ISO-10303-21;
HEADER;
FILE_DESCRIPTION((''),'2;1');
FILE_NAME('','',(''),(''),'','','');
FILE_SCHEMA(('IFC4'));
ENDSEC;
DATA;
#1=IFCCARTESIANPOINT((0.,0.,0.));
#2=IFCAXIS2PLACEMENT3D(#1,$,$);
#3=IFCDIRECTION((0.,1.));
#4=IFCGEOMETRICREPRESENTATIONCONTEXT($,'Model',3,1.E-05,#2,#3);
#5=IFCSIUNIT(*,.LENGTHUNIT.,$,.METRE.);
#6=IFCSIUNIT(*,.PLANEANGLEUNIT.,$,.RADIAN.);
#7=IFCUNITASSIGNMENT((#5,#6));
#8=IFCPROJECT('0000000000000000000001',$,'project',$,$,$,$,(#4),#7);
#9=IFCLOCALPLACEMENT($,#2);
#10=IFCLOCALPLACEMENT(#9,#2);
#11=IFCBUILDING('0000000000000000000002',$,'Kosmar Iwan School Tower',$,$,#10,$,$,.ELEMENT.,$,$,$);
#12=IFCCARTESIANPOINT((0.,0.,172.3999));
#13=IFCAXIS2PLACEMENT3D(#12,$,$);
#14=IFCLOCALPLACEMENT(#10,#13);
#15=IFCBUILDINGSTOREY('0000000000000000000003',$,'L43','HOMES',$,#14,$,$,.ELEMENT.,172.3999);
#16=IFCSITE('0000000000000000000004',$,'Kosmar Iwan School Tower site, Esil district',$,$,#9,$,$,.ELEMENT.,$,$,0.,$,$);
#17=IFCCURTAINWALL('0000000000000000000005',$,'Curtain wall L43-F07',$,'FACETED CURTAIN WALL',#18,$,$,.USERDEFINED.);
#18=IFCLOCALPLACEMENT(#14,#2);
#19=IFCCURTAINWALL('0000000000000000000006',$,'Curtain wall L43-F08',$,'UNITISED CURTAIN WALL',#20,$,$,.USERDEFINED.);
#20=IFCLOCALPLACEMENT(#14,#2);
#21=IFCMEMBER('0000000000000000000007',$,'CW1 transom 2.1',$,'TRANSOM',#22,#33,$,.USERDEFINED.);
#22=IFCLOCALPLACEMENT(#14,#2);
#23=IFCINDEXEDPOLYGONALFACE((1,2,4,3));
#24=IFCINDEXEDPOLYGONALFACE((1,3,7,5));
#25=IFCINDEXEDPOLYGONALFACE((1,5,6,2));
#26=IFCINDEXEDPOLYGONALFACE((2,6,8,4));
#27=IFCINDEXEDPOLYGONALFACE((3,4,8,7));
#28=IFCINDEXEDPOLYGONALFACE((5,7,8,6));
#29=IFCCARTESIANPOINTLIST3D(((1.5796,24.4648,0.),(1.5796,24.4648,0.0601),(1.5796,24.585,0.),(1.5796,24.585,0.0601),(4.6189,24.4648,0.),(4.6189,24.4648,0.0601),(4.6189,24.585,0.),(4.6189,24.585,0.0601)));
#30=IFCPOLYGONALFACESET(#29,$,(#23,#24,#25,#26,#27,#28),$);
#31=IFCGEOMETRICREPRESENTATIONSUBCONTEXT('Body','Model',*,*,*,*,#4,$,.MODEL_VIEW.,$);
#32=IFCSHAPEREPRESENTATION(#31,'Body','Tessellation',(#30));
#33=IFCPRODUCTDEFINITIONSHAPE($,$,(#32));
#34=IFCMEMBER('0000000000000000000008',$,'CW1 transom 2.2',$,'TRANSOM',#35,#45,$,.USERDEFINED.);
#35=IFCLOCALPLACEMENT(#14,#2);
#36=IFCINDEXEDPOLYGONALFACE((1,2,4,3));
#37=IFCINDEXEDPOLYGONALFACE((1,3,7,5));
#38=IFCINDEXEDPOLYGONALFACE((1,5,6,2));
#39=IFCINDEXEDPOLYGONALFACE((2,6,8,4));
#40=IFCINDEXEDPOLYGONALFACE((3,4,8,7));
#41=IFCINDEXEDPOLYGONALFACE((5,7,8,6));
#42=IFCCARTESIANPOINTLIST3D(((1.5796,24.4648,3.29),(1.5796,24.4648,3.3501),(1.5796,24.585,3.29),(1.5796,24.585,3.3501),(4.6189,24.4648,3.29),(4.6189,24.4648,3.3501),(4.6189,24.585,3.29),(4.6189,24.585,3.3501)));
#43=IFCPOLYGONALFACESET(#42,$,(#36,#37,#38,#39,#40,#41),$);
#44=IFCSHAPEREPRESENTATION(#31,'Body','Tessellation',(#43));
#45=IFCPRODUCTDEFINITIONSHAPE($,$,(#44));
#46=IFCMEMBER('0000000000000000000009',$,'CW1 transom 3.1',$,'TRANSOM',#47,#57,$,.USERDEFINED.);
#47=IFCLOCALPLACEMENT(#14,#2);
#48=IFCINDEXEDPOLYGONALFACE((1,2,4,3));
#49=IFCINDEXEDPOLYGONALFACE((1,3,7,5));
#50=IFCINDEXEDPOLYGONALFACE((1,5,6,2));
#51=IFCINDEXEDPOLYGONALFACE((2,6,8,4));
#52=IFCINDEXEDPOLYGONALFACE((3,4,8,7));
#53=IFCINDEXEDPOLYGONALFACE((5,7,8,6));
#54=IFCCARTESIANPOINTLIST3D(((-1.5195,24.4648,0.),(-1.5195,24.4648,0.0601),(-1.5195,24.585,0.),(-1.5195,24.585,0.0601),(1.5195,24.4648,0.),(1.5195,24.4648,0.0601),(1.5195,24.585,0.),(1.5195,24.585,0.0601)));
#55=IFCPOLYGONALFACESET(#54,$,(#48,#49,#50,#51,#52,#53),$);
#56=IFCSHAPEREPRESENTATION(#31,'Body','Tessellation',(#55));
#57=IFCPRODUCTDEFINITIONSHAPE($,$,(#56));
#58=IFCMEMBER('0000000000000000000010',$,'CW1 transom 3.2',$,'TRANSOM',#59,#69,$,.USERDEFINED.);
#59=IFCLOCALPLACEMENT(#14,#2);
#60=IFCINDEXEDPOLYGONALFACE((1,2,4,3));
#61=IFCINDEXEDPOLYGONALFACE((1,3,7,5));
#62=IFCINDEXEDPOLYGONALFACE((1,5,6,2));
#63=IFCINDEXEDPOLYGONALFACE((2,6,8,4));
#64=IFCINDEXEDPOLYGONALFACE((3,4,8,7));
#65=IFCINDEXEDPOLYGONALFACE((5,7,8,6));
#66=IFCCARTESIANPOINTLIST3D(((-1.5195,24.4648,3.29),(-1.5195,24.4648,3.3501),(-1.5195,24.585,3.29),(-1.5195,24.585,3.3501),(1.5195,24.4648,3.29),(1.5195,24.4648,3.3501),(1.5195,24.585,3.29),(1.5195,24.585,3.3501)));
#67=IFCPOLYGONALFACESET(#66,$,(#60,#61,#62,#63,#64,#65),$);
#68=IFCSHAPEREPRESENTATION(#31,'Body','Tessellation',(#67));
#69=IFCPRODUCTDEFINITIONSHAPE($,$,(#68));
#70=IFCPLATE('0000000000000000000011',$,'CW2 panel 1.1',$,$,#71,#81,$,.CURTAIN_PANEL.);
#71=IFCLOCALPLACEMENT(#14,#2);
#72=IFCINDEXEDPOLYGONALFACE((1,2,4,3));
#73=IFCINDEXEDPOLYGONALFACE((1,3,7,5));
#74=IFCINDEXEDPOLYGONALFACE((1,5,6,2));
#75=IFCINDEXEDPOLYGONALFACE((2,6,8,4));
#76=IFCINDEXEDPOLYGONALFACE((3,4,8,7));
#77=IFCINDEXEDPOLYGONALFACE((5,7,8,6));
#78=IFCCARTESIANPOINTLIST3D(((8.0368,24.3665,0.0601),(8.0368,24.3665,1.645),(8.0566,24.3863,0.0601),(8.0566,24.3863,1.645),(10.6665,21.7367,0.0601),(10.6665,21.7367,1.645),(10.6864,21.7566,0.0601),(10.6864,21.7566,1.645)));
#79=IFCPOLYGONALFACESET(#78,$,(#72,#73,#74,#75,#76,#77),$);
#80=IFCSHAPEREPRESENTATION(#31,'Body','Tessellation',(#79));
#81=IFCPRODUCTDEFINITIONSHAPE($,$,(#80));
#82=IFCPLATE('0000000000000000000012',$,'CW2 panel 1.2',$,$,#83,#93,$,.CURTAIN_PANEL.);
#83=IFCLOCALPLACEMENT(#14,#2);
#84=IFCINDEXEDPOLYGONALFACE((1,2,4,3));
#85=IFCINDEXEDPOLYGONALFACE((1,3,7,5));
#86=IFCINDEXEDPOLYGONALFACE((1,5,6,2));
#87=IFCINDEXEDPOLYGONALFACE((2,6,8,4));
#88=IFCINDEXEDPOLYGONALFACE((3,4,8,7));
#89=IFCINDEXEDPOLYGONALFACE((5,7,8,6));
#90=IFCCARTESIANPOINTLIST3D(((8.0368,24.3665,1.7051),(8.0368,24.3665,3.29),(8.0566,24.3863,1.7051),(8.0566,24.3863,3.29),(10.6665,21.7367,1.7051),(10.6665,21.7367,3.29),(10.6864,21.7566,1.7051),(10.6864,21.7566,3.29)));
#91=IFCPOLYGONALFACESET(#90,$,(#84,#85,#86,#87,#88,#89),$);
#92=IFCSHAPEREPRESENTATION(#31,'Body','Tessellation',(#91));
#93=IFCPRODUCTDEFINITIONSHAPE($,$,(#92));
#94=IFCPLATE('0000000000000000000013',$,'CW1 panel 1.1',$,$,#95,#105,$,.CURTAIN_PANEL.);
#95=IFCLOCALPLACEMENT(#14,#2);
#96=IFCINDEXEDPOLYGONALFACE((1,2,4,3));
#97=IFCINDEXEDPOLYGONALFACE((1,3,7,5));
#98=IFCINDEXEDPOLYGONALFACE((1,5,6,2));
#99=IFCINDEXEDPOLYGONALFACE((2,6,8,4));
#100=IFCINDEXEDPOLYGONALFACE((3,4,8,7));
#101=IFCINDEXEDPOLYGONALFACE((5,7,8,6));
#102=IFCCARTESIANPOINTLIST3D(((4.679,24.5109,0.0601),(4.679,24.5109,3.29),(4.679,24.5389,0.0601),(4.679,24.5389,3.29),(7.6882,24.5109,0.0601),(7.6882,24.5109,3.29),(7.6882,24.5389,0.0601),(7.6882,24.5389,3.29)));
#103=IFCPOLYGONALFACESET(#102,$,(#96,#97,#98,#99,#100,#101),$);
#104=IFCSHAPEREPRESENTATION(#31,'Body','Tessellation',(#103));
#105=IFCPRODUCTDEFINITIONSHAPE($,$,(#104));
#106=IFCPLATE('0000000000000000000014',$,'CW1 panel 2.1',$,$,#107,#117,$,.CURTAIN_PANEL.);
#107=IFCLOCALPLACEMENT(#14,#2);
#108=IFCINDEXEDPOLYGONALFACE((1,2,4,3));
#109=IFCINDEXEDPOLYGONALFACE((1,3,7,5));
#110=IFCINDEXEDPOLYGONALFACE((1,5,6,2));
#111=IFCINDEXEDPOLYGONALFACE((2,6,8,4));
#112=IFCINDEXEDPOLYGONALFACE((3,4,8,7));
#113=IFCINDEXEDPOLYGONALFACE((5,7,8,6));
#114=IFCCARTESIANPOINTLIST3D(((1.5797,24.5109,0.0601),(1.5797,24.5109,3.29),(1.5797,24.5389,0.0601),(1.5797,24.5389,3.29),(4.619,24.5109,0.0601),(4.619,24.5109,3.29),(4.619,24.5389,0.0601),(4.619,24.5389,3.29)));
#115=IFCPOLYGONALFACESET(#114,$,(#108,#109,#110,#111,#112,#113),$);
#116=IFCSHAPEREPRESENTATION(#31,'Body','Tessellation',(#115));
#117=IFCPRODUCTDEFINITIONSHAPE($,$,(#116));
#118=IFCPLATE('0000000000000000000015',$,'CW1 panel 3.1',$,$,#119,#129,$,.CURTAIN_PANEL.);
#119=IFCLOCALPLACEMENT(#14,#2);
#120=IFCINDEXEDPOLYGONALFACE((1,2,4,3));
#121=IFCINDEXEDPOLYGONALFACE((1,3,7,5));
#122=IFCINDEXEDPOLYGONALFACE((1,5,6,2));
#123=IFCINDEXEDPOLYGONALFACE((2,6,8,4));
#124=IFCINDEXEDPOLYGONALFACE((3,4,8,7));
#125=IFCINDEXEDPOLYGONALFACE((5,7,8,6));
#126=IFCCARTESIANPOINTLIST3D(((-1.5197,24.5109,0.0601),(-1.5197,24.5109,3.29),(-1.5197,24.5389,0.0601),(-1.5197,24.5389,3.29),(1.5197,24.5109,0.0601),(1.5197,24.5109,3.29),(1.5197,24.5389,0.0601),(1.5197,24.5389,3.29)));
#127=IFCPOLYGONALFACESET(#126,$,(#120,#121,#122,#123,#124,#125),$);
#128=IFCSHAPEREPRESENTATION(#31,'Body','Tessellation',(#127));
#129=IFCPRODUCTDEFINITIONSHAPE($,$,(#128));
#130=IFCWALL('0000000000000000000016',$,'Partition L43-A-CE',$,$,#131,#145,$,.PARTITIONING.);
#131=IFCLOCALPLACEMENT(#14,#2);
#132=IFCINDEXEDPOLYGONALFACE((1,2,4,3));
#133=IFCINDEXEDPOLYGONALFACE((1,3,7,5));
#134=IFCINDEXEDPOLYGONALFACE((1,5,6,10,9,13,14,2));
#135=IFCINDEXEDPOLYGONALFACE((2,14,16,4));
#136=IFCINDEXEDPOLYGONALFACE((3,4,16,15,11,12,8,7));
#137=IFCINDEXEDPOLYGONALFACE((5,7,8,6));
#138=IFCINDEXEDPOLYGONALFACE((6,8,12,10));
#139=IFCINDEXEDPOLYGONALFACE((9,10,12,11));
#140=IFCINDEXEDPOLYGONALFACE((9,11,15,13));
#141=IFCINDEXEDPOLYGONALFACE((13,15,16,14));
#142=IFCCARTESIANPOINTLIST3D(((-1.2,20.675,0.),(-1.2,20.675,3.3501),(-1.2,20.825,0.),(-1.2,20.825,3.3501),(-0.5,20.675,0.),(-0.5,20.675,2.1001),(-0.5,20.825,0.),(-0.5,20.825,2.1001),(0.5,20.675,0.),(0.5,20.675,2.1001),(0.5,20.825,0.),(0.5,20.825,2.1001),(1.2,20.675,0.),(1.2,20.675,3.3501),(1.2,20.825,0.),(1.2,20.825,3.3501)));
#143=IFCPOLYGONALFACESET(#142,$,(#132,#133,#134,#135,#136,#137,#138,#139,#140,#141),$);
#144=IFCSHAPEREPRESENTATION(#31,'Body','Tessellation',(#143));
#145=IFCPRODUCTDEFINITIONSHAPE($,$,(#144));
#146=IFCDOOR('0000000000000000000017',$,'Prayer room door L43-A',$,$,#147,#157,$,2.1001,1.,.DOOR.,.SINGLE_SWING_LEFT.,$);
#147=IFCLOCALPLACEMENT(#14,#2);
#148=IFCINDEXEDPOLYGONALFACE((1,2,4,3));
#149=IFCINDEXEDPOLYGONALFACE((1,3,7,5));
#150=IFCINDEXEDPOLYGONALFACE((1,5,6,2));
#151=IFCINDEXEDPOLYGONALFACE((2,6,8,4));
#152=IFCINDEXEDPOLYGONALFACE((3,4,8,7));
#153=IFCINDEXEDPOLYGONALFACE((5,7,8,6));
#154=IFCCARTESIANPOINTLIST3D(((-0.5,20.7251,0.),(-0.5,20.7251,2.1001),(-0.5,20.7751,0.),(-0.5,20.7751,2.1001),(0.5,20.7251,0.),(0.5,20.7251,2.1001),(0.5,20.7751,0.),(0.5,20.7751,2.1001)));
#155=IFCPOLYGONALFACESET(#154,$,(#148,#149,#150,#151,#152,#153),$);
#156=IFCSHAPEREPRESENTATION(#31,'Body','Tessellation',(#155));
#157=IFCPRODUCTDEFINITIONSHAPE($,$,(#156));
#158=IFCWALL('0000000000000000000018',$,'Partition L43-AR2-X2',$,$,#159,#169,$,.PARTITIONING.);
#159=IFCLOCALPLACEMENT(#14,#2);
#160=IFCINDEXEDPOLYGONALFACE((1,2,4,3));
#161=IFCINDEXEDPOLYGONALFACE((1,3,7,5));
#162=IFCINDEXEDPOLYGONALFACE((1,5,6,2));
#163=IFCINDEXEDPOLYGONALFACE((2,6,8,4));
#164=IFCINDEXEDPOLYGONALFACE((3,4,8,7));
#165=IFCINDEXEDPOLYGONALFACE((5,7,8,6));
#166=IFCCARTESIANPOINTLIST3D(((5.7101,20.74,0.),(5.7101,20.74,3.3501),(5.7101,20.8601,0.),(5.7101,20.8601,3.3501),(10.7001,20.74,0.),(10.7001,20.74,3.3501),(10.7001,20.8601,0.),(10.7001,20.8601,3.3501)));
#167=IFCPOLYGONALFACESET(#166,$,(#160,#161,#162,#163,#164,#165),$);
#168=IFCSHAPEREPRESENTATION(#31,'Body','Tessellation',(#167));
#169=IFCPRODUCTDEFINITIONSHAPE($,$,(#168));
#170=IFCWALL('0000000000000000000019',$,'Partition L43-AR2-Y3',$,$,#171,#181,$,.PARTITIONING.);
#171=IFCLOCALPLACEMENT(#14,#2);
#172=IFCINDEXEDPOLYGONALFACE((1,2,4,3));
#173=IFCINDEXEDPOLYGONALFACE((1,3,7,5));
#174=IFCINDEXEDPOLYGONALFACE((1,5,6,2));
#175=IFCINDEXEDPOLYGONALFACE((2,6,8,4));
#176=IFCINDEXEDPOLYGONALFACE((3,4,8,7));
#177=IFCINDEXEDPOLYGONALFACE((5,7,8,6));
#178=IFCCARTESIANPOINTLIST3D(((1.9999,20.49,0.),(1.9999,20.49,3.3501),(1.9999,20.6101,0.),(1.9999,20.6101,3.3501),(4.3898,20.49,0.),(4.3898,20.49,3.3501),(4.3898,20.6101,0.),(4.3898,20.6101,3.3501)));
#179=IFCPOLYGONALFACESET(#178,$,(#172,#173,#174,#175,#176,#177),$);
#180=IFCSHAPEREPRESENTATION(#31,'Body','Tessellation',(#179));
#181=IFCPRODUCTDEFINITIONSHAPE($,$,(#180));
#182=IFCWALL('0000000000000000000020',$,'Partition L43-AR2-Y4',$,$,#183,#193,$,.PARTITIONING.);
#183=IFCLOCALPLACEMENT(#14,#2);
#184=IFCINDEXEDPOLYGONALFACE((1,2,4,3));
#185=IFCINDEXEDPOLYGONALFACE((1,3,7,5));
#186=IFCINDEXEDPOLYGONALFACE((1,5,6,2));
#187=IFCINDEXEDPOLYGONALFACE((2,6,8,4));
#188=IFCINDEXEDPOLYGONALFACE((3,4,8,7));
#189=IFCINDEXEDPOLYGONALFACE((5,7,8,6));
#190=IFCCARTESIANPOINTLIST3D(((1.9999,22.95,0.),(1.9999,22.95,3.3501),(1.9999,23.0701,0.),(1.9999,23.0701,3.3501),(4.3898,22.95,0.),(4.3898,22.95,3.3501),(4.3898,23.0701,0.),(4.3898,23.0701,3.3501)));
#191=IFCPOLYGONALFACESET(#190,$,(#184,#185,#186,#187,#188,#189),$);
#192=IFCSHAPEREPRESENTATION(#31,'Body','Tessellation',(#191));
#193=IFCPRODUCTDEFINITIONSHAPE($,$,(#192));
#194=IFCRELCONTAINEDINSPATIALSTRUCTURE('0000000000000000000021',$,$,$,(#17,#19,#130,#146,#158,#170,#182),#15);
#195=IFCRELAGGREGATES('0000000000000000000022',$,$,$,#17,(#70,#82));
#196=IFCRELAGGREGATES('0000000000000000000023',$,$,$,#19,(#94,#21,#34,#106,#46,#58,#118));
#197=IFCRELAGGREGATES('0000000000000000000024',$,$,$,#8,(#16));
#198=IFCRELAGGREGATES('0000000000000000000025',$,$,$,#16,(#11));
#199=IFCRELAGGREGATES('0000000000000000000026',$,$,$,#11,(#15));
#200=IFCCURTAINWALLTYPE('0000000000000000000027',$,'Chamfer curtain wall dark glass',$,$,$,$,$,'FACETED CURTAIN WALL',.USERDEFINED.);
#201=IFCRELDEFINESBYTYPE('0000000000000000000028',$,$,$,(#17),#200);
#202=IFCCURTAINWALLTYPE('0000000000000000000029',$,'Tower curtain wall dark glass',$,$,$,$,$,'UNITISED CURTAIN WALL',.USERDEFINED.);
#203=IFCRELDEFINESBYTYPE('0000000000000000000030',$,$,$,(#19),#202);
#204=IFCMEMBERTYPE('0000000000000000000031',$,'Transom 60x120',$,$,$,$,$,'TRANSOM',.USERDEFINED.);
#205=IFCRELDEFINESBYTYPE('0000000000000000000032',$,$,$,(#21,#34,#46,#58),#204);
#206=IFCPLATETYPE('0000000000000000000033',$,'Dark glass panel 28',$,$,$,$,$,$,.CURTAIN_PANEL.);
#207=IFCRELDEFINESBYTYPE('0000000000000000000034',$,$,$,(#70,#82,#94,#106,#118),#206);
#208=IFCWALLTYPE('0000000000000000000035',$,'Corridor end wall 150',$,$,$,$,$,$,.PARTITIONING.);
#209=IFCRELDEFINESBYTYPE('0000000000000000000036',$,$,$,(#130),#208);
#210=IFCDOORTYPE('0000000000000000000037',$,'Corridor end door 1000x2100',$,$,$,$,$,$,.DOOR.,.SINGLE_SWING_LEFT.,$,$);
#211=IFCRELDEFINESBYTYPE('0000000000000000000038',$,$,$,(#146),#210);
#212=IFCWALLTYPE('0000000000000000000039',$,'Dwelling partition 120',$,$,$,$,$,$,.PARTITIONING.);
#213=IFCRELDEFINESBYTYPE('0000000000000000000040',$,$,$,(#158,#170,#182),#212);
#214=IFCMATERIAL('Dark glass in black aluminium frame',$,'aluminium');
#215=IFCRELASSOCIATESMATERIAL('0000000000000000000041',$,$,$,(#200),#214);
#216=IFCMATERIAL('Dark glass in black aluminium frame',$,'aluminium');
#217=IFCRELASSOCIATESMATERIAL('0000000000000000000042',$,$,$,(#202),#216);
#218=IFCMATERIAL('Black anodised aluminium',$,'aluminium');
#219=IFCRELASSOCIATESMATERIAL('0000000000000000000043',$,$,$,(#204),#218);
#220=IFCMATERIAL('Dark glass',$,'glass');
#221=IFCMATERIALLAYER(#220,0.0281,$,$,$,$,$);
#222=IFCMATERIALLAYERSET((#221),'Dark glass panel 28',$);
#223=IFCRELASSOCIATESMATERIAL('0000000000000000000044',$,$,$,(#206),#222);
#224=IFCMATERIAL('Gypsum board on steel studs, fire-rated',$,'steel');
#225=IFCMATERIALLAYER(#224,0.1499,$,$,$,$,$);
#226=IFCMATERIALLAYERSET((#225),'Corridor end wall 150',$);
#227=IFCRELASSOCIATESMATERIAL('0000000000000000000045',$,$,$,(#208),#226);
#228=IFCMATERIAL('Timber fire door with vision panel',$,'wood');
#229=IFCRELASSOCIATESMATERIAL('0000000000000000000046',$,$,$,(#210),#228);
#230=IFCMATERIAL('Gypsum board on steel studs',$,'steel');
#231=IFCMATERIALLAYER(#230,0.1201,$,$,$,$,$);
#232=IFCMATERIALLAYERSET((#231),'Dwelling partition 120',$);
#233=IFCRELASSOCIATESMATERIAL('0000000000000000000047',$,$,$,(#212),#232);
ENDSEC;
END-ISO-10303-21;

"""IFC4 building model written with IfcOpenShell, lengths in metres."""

from ifc_helpers import new_model, si_unit, direction, frame, frame_2d, origin, origin_2d, place, context, subcontext, project, spatial, rectangle, extrude, material, layer, layer_set, material_profile, profile_set, type_object, element, fill, aggregate, save


model = new_model("IFC4")

# Units and contexts
model_context = context("Model", 3, precision=1e-05, world=origin(), true_north=direction((0.0, 1.0)))
body_context = subcontext(model_context, "Body", "Model", "MODEL_VIEW")
ifc_project = project(units=[si_unit("LENGTHUNIT", "METRE"), si_unit("PLANEANGLEUNIT", "RADIAN")], contexts=[model_context])

# Site, building, storey
site_placement = place(None, origin())
site = spatial("IfcSite", under=ifc_project, at=site_placement, Name="Kosmar Iwan School Tower site, Esil district", CompositionType="ELEMENT", RefElevation=0.0)
building_placement = place(site_placement, origin())
building = spatial("IfcBuilding", under=site, at=building_placement, Name="Kosmar Iwan School Tower", CompositionType="ELEMENT")
storey_placement = place(building_placement, frame((0.0, 0.0, 172.3999)))
storey = spatial("IfcBuildingStorey", under=building, at=storey_placement, Name="L43", Description="HOMES", CompositionType="ELEMENT", Elevation=172.3999)

# Curtain walls
ifc_material_1 = material(Name="Dark glass in black aluminium frame", Category="aluminium")
curtain_wall_type_1 = type_object("IfcCurtainWallType", Name="Chamfer curtain wall dark glass", ElementType="FACETED CURTAIN WALL", PredefinedType="USERDEFINED", material=ifc_material_1)
curtain_wall_1_placement = place(storey_placement, origin())
curtain_wall_1 = element("IfcCurtainWall", 1, at=curtain_wall_1_placement, inside=storey, type_object=curtain_wall_type_1, Name="Curtain wall L43-F07", ObjectType="FACETED CURTAIN WALL", PredefinedType="USERDEFINED")
ifc_material_2 = material(Name="Dark glass in black aluminium frame", Category="aluminium")
curtain_wall_type_2 = type_object("IfcCurtainWallType", Name="Tower curtain wall dark glass", ElementType="UNITISED CURTAIN WALL", PredefinedType="USERDEFINED", material=ifc_material_2)
curtain_wall_2_placement = place(storey_placement, origin())
curtain_wall_2 = element("IfcCurtainWall", 2, at=curtain_wall_2_placement, inside=storey, type_object=curtain_wall_type_2, Name="Curtain wall L43-F08", ObjectType="UNITISED CURTAIN WALL", PredefinedType="USERDEFINED")

# Members
ifc_material_3 = material(Name="Black anodised aluminium", Category="aluminium")
ifc_material_profile_1 = material_profile(ifc_material_3, rectangle(XDim=0.1201, YDim=0.0601, at=origin_2d()), Name="TRANSOM 60x120")
ifc_profile_set_1 = profile_set([ifc_material_profile_1], Name="Black anodised aluminium")
member_type_1 = type_object("IfcMemberType", Name="Transom 60x120", ElementType="TRANSOM", PredefinedType="USERDEFINED", material=ifc_profile_set_1)
member_1_placement = place(storey_placement, frame((4.6189, 24.5249, 0.03), z_axis=(-1.0, 0.0, 0.0), x_axis=(0.0, -1.0, 0.0)))
member_1 = element("IfcMember", 3, at=member_1_placement, type_object=member_type_1, Name="CW1 transom 2.1", ObjectType="TRANSOM", PredefinedType="USERDEFINED", context=body_context, shape_type="SweptSolid", body=[
    extrude(rectangle(XDim=0.1201, YDim=0.0601, at=origin_2d()), origin(), (0.0, 0.0, 1.0), 3.0393),
])
member_2_placement = place(storey_placement, frame((4.6189, 24.5249, 3.3201), z_axis=(-1.0, 0.0, 0.0), x_axis=(0.0, -1.0, 0.0)))
member_2 = element("IfcMember", 4, at=member_2_placement, type_object=member_type_1, Name="CW1 transom 2.2", ObjectType="TRANSOM", PredefinedType="USERDEFINED", context=body_context, shape_type="SweptSolid", body=[
    extrude(rectangle(XDim=0.1201, YDim=0.0601, at=origin_2d()), origin(), (0.0, 0.0, 1.0), 3.0393),
])
member_3_placement = place(storey_placement, frame((1.5195, 24.5249, 0.03), z_axis=(-1.0, 0.0, 0.0), x_axis=(0.0, -1.0, 0.0)))
member_3 = element("IfcMember", 5, at=member_3_placement, type_object=member_type_1, Name="CW1 transom 3.1", ObjectType="TRANSOM", PredefinedType="USERDEFINED", context=body_context, shape_type="SweptSolid", body=[
    extrude(rectangle(XDim=0.1201, YDim=0.0601, at=origin_2d()), origin(), (0.0, 0.0, 1.0), 3.0391),
])
member_4_placement = place(storey_placement, frame((1.5195, 24.5249, 3.3201), z_axis=(-1.0, 0.0, 0.0), x_axis=(0.0, -1.0, 0.0)))
member_4 = element("IfcMember", 6, at=member_4_placement, type_object=member_type_1, Name="CW1 transom 3.2", ObjectType="TRANSOM", PredefinedType="USERDEFINED", context=body_context, shape_type="SweptSolid", body=[
    extrude(rectangle(XDim=0.1201, YDim=0.0601, at=origin_2d()), origin(), (0.0, 0.0, 1.0), 3.0391),
])

# Plates
ifc_material_4 = material(Name="Dark glass", Category="glass")
ifc_layer_1 = layer(ifc_material_4, 0.0281)
ifc_layer_set_1 = layer_set([ifc_layer_1], Name="Dark glass panel 28")
plate_type = type_object("IfcPlateType", Name="Dark glass panel 28", PredefinedType="CURTAIN_PANEL", material=ifc_layer_set_1)
plate_1_placement = place(storey_placement, frame((9.3616, 23.0615, 0.0601), z_axis=(0.0, 0.0, 1.0), x_axis=(-0.707107, 0.707107, 0.0)))
plate_1 = element("IfcPlate", 7, at=plate_1_placement, type_object=plate_type, Name="CW2 panel 1.1", PredefinedType="CURTAIN_PANEL", context=body_context, shape_type="SweptSolid", body=[
    extrude(rectangle(XDim=3.719, YDim=0.0281, at=origin_2d()), origin(), (0.0, 0.0, 1.0), 1.585),
])
plate_2_placement = place(storey_placement, frame((9.3616, 23.0615, 1.7051), z_axis=(0.0, 0.0, 1.0), x_axis=(-0.707107, 0.707107, 0.0)))
plate_2 = element("IfcPlate", 8, at=plate_2_placement, type_object=plate_type, Name="CW2 panel 1.2", PredefinedType="CURTAIN_PANEL", context=body_context, shape_type="SweptSolid", body=[
    extrude(rectangle(XDim=3.719, YDim=0.0281, at=origin_2d()), origin(), (0.0, 0.0, 1.0), 1.585),
])
aggregate(curtain_wall_1, [plate_1, plate_2])
plate_3_placement = place(storey_placement, frame((6.1836, 24.5249, 0.0601), z_axis=(0.0, 0.0, 1.0), x_axis=(-1.0, 0.0, 0.0)))
plate_3 = element("IfcPlate", 9, at=plate_3_placement, type_object=plate_type, Name="CW1 panel 1.1", PredefinedType="CURTAIN_PANEL", context=body_context, shape_type="SweptSolid", body=[
    extrude(rectangle(XDim=3.0093, YDim=0.0281, at=origin_2d()), origin(), (0.0, 0.0, 1.0), 3.23),
])
plate_4_placement = place(storey_placement, frame((3.0994, 24.5249, 0.0601), z_axis=(0.0, 0.0, 1.0), x_axis=(-1.0, 0.0, 0.0)))
plate_4 = element("IfcPlate", 10, at=plate_4_placement, type_object=plate_type, Name="CW1 panel 2.1", PredefinedType="CURTAIN_PANEL", context=body_context, shape_type="SweptSolid", body=[
    extrude(rectangle(XDim=3.0393, YDim=0.0281, at=origin_2d()), origin(), (0.0, 0.0, 1.0), 3.23),
])
plate_5_placement = place(storey_placement, frame((0.0, 24.5249, 0.0601), z_axis=(0.0, 0.0, 1.0), x_axis=(-1.0, 0.0, 0.0)))
plate_5 = element("IfcPlate", 11, at=plate_5_placement, type_object=plate_type, Name="CW1 panel 3.1", PredefinedType="CURTAIN_PANEL", context=body_context, shape_type="SweptSolid", body=[
    extrude(rectangle(XDim=3.0393, YDim=0.0281, at=origin_2d()), origin(), (0.0, 0.0, 1.0), 3.23),
])
aggregate(curtain_wall_2, [plate_3, member_1, member_2, plate_4, member_3, member_4, plate_5])

# Wall, opening, door
ifc_material_5 = material(Name="Gypsum board on steel studs, fire-rated", Category="steel")
ifc_layer_2 = layer(ifc_material_5, 0.1499)
ifc_layer_set_2 = layer_set([ifc_layer_2], Name="Corridor end wall 150")
wall_type_1 = type_object("IfcWallType", Name="Corridor end wall 150", PredefinedType="PARTITIONING", material=ifc_layer_set_2)
wall_1_placement = place(storey_placement, frame((1.2, 20.75, 0.0), z_axis=(0.0, 0.0, 1.0), x_axis=(-1.0, 0.0, 0.0)))
wall_1 = element("IfcWall", 12, at=wall_1_placement, inside=storey, type_object=wall_type_1, Name="Partition L43-A-CE", PredefinedType="PARTITIONING", context=body_context, shape_type="SweptSolid", body=[
    extrude(rectangle(XDim=2.3999, YDim=0.1499, at=frame_2d((1.2, 0.0))), origin(), (0.0, 0.0, 1.0), 3.3501),
])
opening_placement = place(wall_1_placement, frame((0.7, 0.0, 0.0)))
opening = element("IfcOpeningElement", 13, at=opening_placement, cuts=wall_1, PredefinedType="OPENING", context=body_context, shape_type="SweptSolid", body=[
    extrude(rectangle(XDim=1.0, YDim=2.1001, at=frame_2d((0.5, 1.05))), frame((0.0, 0.0869, 0.0), z_axis=(0.0, -1.0, 0.0), x_axis=(1.0, 0.0, 0.0)), (0.0, 0.0, 1.0), 0.1738),
])
ifc_material_6 = material(Name="Timber fire door with vision panel", Category="wood")
door_type = type_object("IfcDoorType", Name="Corridor end door 1000x2100", OperationType="SINGLE_SWING_LEFT", PredefinedType="DOOR", material=ifc_material_6)
door_placement = place(opening_placement, origin())
door = element("IfcDoor", 14, at=door_placement, inside=storey, type_object=door_type, Name="Prayer room door L43-A", OperationType="SINGLE_SWING_LEFT", OverallHeight=2.1001, OverallWidth=1.0, PredefinedType="DOOR", context=body_context, shape_type="SweptSolid", body=[
    extrude(rectangle(XDim=1.0, YDim=2.1001, at=frame_2d((0.5, 1.05))), frame((0.0, 0.0249, 0.0), z_axis=(0.0, -1.0, 0.0), x_axis=(1.0, 0.0, 0.0)), (0.0, 0.0, 1.0), 0.05),
])
fill(opening, door)

# Walls
ifc_material_7 = material(Name="Gypsum board on steel studs", Category="steel")
ifc_layer_3 = layer(ifc_material_7, 0.1201)
ifc_layer_set_3 = layer_set([ifc_layer_3], Name="Dwelling partition 120")
wall_type_2 = type_object("IfcWallType", Name="Dwelling partition 120", PredefinedType="PARTITIONING", material=ifc_layer_set_3)
wall_2_placement = place(storey_placement, frame((5.71, 20.8, 0.0), z_axis=(0.0, 0.0, 1.0), x_axis=(1.0, 0.0, 0.0)))
element("IfcWall", 15, at=wall_2_placement, inside=storey, type_object=wall_type_2, Name="Partition L43-AR2-X2", PredefinedType="PARTITIONING", context=body_context, shape_type="SweptSolid", body=[
    extrude(rectangle(XDim=4.99, YDim=0.1201, at=frame_2d((2.4951, 0.0))), origin(), (0.0, 0.0, 1.0), 3.3501),
])
for number, where, z_axis, x_axis, name in (
    (16, (2.0, 20.55, 0.0), (0.0, 0.0, 1.0), (1.0, 0.0, 0.0), "Partition L43-AR2-Y3"),
    (17, (2.0, 23.01, 0.0), (0.0, 0.0, 1.0), (1.0, 0.0, 0.0), "Partition L43-AR2-Y4"),
):
    element("IfcWall", number, at=place(storey_placement, frame(where, z_axis=z_axis, x_axis=x_axis)), inside=storey, type_object=wall_type_2, Name=name, PredefinedType="PARTITIONING", context=body_context, shape_type="SweptSolid", body=[
        extrude(rectangle(XDim=2.3899, YDim=0.1201, at=frame_2d((1.1948, 0.0))), origin(), (0.0, 0.0, 1.0), 3.3501),
    ])

save(model, "model.ifc")
